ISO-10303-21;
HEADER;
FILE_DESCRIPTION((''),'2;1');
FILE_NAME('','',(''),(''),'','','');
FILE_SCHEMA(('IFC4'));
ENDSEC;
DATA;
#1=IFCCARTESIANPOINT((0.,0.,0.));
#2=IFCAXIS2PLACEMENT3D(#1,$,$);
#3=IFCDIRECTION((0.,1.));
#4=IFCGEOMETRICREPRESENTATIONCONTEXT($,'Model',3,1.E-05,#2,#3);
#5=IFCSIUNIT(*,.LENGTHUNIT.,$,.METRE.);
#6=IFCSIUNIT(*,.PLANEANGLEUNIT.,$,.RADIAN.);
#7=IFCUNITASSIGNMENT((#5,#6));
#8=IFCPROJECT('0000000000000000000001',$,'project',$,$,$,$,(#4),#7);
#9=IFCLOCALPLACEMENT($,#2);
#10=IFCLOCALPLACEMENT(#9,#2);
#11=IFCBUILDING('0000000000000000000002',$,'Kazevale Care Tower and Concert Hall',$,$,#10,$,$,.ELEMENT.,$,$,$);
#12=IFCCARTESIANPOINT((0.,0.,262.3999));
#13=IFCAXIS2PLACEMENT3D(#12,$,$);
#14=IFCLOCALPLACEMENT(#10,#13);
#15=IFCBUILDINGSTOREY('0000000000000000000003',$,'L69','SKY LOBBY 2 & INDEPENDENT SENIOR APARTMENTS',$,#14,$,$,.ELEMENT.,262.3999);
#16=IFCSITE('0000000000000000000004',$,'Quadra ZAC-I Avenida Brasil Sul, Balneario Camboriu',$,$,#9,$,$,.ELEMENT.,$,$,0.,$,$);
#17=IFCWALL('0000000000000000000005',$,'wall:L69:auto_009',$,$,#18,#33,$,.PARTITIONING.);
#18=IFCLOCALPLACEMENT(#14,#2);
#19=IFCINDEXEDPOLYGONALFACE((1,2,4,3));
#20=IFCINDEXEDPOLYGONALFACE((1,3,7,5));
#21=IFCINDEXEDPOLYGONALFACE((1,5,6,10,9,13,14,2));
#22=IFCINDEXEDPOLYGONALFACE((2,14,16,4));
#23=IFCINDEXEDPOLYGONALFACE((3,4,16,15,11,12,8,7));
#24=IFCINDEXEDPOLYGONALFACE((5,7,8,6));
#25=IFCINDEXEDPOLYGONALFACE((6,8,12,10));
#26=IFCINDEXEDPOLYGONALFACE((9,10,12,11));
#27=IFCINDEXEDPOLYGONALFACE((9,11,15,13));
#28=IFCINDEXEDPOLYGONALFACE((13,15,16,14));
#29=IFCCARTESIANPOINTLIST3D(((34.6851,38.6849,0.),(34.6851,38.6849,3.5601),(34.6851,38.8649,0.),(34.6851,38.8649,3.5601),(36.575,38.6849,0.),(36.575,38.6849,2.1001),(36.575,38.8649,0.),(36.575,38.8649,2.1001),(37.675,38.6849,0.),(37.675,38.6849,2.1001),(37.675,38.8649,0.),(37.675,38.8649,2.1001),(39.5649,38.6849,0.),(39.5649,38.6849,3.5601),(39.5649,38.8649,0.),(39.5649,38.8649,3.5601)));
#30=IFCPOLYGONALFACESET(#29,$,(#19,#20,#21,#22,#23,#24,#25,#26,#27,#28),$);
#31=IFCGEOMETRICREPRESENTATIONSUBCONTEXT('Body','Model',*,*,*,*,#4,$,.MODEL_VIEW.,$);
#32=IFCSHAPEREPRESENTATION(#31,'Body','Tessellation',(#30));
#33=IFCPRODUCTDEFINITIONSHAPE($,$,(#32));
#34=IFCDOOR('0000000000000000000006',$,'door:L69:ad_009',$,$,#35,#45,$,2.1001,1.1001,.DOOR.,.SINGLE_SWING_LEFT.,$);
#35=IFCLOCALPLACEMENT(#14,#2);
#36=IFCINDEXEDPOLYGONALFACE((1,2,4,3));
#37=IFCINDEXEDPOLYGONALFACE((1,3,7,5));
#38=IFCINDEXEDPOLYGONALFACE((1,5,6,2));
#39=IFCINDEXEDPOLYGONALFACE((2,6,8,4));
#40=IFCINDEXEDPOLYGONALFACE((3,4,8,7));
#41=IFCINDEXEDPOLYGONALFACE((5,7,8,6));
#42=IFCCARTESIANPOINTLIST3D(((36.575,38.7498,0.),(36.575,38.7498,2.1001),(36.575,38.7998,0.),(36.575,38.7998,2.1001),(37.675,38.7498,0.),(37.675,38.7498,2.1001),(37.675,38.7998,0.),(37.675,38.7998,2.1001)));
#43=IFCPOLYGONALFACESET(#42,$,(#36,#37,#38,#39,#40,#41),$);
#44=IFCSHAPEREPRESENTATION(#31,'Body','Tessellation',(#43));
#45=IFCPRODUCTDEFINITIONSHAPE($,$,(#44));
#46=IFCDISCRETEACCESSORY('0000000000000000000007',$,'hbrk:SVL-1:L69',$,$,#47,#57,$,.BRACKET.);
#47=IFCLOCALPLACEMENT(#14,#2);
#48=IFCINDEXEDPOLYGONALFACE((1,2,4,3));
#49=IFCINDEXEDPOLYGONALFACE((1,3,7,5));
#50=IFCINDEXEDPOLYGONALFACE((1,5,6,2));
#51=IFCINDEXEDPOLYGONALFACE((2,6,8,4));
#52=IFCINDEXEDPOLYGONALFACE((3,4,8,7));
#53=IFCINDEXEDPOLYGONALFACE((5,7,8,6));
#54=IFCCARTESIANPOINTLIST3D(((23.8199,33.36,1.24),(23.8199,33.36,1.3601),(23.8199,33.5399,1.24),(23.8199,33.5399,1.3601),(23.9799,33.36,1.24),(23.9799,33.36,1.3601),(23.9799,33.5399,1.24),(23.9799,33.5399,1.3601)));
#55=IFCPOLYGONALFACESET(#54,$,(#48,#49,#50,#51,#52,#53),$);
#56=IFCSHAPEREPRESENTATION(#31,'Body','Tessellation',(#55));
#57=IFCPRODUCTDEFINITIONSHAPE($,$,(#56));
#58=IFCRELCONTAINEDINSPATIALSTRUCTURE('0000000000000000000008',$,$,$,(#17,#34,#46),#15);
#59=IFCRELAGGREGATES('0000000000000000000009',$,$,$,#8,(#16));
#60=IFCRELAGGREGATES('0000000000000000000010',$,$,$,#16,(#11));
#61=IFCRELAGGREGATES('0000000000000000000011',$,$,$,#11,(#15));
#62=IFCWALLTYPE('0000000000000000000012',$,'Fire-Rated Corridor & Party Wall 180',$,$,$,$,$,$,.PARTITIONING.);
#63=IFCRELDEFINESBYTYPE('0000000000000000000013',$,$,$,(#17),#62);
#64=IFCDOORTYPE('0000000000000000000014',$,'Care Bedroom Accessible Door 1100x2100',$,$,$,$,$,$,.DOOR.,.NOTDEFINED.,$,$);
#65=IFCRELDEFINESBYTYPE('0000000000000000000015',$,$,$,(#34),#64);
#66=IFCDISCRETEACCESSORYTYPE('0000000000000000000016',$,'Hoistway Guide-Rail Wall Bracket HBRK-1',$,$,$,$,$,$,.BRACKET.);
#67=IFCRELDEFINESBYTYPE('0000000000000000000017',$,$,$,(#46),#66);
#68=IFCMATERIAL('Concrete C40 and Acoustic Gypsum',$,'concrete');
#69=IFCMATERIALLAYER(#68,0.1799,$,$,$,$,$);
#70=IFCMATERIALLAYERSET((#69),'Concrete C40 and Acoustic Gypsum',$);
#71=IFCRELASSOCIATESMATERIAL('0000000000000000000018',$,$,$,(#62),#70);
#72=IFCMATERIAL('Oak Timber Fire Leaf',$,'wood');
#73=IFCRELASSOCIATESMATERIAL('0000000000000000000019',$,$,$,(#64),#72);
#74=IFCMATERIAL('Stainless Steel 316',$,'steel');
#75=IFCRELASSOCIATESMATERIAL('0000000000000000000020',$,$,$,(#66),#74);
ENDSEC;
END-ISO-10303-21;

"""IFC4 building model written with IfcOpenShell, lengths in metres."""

from ifc_helpers import new_model, si_unit, direction, frame, frame_2d, origin, origin_2d, place, context, subcontext, project, spatial, rectangle, extrude, material, layer, layer_set, type_object, element, fill, save


model = new_model("IFC4")

# Units and contexts
model_context = context("Model", 3, precision=1e-05, world=origin(), true_north=direction((0.0, 1.0)))
body_context = subcontext(model_context, "Body", "Model", "MODEL_VIEW")
ifc_project = project(units=[si_unit("LENGTHUNIT", "METRE"), si_unit("PLANEANGLEUNIT", "RADIAN")], contexts=[model_context])

# Site, building, storey
site_placement = place(None, origin())
site = spatial("IfcSite", under=ifc_project, at=site_placement, Name="Quadra ZAC-I Avenida Brasil Sul, Balneario Camboriu", CompositionType="ELEMENT", RefElevation=0.0)
building_placement = place(site_placement, origin())
building = spatial("IfcBuilding", under=site, at=building_placement, Name="Kazevale Care Tower and Concert Hall", CompositionType="ELEMENT")
storey_placement = place(building_placement, frame((0.0, 0.0, 262.3999)))
storey = spatial("IfcBuildingStorey", under=building, at=storey_placement, Name="L69", Description="SKY LOBBY 2 & INDEPENDENT SENIOR APARTMENTS", CompositionType="ELEMENT", Elevation=262.3999)

# Shared definitions
ifc_material_1 = material(Name="Oak Timber Fire Leaf", Category="wood")

# Shared definitions
ifc_material_2 = material(Name="Stainless Steel 316", Category="steel")

# Shared definitions
ifc_material_3 = material(Name="Concrete C40 and Acoustic Gypsum", Category="concrete")
ifc_layer_1 = layer(ifc_material_3, 0.1799)
ifc_layer_set_1 = layer_set([ifc_layer_1], Name="Concrete C40 and Acoustic Gypsum")
wall_type_1 = type_object("IfcWallType", Name="Fire-Rated Corridor & Party Wall 180", PredefinedType="PARTITIONING", material=ifc_layer_set_1)
door_type_1 = type_object("IfcDoorType", Name="Care Bedroom Accessible Door 1100x2100", OperationType="NOTDEFINED", PredefinedType="DOOR", material=ifc_material_1)

# Wall, opening, door
wall_1_placement = place(storey_placement, frame((34.6851, 38.7749, 0.0), z_axis=(0.0, 0.0, 1.0), x_axis=(1.0, 0.0, 0.0)))
wall_1 = element("IfcWall", 1, at=wall_1_placement, inside=storey, type_object=wall_type_1, Name="wall:L69:auto_009", PredefinedType="PARTITIONING", context=body_context, shape_type="SweptSolid", body=[
    extrude(rectangle(XDim=4.8799, YDim=0.1799, at=frame_2d((2.4399, 0.0))), origin(), (0.0, 0.0, 1.0), 3.5601),
])
opening_1_placement = place(wall_1_placement, frame((1.8899, 0.0, 0.0)))
opening_1 = element("IfcOpeningElement", 2, at=opening_1_placement, cuts=wall_1, PredefinedType="OPENING", context=body_context, shape_type="SweptSolid", body=[
    extrude(rectangle(XDim=1.1001, YDim=2.1001, at=frame_2d((0.55, 1.05))), frame((0.0, 0.0999, 0.0), z_axis=(0.0, -1.0, 0.0), x_axis=(1.0, 0.0, 0.0)), (0.0, 0.0, 1.0), 0.2),
])
door_1_placement = place(opening_1_placement, origin())
door_1 = element("IfcDoor", 3, at=door_1_placement, inside=storey, type_object=door_type_1, Name="door:L69:ad_009", OperationType="SINGLE_SWING_LEFT", OverallHeight=2.1001, OverallWidth=1.1001, PredefinedType="DOOR", context=body_context, shape_type="SweptSolid", body=[
    extrude(rectangle(XDim=1.1001, YDim=2.1001, at=frame_2d((0.55, 1.05))), frame((0.0, 0.0249, 0.0), z_axis=(0.0, -1.0, 0.0), x_axis=(1.0, 0.0, 0.0)), (0.0, 0.0, 1.0), 0.05),
])
fill(opening_1, door_1)

# Discrete accessory
discrete_accessory_type = type_object("IfcDiscreteAccessoryType", Name="Hoistway Guide-Rail Wall Bracket HBRK-1", PredefinedType="BRACKET", material=ifc_material_2)
discrete_accessory_placement = place(storey_placement, frame((23.8999, 33.45, 1.24), z_axis=(0.0, 0.0, 1.0), x_axis=(1.0, 0.0, 0.0)))
element("IfcDiscreteAccessory", 4, at=discrete_accessory_placement, inside=storey, type_object=discrete_accessory_type, Name="hbrk:SVL-1:L69", PredefinedType="BRACKET", context=body_context, shape_type="SweptSolid", body=[
    extrude(rectangle(XDim=0.1599, YDim=0.1799, at=origin_2d()), origin(), (0.0, 0.0, 1.0), 0.1201),
])

save(model, "model.ifc")
